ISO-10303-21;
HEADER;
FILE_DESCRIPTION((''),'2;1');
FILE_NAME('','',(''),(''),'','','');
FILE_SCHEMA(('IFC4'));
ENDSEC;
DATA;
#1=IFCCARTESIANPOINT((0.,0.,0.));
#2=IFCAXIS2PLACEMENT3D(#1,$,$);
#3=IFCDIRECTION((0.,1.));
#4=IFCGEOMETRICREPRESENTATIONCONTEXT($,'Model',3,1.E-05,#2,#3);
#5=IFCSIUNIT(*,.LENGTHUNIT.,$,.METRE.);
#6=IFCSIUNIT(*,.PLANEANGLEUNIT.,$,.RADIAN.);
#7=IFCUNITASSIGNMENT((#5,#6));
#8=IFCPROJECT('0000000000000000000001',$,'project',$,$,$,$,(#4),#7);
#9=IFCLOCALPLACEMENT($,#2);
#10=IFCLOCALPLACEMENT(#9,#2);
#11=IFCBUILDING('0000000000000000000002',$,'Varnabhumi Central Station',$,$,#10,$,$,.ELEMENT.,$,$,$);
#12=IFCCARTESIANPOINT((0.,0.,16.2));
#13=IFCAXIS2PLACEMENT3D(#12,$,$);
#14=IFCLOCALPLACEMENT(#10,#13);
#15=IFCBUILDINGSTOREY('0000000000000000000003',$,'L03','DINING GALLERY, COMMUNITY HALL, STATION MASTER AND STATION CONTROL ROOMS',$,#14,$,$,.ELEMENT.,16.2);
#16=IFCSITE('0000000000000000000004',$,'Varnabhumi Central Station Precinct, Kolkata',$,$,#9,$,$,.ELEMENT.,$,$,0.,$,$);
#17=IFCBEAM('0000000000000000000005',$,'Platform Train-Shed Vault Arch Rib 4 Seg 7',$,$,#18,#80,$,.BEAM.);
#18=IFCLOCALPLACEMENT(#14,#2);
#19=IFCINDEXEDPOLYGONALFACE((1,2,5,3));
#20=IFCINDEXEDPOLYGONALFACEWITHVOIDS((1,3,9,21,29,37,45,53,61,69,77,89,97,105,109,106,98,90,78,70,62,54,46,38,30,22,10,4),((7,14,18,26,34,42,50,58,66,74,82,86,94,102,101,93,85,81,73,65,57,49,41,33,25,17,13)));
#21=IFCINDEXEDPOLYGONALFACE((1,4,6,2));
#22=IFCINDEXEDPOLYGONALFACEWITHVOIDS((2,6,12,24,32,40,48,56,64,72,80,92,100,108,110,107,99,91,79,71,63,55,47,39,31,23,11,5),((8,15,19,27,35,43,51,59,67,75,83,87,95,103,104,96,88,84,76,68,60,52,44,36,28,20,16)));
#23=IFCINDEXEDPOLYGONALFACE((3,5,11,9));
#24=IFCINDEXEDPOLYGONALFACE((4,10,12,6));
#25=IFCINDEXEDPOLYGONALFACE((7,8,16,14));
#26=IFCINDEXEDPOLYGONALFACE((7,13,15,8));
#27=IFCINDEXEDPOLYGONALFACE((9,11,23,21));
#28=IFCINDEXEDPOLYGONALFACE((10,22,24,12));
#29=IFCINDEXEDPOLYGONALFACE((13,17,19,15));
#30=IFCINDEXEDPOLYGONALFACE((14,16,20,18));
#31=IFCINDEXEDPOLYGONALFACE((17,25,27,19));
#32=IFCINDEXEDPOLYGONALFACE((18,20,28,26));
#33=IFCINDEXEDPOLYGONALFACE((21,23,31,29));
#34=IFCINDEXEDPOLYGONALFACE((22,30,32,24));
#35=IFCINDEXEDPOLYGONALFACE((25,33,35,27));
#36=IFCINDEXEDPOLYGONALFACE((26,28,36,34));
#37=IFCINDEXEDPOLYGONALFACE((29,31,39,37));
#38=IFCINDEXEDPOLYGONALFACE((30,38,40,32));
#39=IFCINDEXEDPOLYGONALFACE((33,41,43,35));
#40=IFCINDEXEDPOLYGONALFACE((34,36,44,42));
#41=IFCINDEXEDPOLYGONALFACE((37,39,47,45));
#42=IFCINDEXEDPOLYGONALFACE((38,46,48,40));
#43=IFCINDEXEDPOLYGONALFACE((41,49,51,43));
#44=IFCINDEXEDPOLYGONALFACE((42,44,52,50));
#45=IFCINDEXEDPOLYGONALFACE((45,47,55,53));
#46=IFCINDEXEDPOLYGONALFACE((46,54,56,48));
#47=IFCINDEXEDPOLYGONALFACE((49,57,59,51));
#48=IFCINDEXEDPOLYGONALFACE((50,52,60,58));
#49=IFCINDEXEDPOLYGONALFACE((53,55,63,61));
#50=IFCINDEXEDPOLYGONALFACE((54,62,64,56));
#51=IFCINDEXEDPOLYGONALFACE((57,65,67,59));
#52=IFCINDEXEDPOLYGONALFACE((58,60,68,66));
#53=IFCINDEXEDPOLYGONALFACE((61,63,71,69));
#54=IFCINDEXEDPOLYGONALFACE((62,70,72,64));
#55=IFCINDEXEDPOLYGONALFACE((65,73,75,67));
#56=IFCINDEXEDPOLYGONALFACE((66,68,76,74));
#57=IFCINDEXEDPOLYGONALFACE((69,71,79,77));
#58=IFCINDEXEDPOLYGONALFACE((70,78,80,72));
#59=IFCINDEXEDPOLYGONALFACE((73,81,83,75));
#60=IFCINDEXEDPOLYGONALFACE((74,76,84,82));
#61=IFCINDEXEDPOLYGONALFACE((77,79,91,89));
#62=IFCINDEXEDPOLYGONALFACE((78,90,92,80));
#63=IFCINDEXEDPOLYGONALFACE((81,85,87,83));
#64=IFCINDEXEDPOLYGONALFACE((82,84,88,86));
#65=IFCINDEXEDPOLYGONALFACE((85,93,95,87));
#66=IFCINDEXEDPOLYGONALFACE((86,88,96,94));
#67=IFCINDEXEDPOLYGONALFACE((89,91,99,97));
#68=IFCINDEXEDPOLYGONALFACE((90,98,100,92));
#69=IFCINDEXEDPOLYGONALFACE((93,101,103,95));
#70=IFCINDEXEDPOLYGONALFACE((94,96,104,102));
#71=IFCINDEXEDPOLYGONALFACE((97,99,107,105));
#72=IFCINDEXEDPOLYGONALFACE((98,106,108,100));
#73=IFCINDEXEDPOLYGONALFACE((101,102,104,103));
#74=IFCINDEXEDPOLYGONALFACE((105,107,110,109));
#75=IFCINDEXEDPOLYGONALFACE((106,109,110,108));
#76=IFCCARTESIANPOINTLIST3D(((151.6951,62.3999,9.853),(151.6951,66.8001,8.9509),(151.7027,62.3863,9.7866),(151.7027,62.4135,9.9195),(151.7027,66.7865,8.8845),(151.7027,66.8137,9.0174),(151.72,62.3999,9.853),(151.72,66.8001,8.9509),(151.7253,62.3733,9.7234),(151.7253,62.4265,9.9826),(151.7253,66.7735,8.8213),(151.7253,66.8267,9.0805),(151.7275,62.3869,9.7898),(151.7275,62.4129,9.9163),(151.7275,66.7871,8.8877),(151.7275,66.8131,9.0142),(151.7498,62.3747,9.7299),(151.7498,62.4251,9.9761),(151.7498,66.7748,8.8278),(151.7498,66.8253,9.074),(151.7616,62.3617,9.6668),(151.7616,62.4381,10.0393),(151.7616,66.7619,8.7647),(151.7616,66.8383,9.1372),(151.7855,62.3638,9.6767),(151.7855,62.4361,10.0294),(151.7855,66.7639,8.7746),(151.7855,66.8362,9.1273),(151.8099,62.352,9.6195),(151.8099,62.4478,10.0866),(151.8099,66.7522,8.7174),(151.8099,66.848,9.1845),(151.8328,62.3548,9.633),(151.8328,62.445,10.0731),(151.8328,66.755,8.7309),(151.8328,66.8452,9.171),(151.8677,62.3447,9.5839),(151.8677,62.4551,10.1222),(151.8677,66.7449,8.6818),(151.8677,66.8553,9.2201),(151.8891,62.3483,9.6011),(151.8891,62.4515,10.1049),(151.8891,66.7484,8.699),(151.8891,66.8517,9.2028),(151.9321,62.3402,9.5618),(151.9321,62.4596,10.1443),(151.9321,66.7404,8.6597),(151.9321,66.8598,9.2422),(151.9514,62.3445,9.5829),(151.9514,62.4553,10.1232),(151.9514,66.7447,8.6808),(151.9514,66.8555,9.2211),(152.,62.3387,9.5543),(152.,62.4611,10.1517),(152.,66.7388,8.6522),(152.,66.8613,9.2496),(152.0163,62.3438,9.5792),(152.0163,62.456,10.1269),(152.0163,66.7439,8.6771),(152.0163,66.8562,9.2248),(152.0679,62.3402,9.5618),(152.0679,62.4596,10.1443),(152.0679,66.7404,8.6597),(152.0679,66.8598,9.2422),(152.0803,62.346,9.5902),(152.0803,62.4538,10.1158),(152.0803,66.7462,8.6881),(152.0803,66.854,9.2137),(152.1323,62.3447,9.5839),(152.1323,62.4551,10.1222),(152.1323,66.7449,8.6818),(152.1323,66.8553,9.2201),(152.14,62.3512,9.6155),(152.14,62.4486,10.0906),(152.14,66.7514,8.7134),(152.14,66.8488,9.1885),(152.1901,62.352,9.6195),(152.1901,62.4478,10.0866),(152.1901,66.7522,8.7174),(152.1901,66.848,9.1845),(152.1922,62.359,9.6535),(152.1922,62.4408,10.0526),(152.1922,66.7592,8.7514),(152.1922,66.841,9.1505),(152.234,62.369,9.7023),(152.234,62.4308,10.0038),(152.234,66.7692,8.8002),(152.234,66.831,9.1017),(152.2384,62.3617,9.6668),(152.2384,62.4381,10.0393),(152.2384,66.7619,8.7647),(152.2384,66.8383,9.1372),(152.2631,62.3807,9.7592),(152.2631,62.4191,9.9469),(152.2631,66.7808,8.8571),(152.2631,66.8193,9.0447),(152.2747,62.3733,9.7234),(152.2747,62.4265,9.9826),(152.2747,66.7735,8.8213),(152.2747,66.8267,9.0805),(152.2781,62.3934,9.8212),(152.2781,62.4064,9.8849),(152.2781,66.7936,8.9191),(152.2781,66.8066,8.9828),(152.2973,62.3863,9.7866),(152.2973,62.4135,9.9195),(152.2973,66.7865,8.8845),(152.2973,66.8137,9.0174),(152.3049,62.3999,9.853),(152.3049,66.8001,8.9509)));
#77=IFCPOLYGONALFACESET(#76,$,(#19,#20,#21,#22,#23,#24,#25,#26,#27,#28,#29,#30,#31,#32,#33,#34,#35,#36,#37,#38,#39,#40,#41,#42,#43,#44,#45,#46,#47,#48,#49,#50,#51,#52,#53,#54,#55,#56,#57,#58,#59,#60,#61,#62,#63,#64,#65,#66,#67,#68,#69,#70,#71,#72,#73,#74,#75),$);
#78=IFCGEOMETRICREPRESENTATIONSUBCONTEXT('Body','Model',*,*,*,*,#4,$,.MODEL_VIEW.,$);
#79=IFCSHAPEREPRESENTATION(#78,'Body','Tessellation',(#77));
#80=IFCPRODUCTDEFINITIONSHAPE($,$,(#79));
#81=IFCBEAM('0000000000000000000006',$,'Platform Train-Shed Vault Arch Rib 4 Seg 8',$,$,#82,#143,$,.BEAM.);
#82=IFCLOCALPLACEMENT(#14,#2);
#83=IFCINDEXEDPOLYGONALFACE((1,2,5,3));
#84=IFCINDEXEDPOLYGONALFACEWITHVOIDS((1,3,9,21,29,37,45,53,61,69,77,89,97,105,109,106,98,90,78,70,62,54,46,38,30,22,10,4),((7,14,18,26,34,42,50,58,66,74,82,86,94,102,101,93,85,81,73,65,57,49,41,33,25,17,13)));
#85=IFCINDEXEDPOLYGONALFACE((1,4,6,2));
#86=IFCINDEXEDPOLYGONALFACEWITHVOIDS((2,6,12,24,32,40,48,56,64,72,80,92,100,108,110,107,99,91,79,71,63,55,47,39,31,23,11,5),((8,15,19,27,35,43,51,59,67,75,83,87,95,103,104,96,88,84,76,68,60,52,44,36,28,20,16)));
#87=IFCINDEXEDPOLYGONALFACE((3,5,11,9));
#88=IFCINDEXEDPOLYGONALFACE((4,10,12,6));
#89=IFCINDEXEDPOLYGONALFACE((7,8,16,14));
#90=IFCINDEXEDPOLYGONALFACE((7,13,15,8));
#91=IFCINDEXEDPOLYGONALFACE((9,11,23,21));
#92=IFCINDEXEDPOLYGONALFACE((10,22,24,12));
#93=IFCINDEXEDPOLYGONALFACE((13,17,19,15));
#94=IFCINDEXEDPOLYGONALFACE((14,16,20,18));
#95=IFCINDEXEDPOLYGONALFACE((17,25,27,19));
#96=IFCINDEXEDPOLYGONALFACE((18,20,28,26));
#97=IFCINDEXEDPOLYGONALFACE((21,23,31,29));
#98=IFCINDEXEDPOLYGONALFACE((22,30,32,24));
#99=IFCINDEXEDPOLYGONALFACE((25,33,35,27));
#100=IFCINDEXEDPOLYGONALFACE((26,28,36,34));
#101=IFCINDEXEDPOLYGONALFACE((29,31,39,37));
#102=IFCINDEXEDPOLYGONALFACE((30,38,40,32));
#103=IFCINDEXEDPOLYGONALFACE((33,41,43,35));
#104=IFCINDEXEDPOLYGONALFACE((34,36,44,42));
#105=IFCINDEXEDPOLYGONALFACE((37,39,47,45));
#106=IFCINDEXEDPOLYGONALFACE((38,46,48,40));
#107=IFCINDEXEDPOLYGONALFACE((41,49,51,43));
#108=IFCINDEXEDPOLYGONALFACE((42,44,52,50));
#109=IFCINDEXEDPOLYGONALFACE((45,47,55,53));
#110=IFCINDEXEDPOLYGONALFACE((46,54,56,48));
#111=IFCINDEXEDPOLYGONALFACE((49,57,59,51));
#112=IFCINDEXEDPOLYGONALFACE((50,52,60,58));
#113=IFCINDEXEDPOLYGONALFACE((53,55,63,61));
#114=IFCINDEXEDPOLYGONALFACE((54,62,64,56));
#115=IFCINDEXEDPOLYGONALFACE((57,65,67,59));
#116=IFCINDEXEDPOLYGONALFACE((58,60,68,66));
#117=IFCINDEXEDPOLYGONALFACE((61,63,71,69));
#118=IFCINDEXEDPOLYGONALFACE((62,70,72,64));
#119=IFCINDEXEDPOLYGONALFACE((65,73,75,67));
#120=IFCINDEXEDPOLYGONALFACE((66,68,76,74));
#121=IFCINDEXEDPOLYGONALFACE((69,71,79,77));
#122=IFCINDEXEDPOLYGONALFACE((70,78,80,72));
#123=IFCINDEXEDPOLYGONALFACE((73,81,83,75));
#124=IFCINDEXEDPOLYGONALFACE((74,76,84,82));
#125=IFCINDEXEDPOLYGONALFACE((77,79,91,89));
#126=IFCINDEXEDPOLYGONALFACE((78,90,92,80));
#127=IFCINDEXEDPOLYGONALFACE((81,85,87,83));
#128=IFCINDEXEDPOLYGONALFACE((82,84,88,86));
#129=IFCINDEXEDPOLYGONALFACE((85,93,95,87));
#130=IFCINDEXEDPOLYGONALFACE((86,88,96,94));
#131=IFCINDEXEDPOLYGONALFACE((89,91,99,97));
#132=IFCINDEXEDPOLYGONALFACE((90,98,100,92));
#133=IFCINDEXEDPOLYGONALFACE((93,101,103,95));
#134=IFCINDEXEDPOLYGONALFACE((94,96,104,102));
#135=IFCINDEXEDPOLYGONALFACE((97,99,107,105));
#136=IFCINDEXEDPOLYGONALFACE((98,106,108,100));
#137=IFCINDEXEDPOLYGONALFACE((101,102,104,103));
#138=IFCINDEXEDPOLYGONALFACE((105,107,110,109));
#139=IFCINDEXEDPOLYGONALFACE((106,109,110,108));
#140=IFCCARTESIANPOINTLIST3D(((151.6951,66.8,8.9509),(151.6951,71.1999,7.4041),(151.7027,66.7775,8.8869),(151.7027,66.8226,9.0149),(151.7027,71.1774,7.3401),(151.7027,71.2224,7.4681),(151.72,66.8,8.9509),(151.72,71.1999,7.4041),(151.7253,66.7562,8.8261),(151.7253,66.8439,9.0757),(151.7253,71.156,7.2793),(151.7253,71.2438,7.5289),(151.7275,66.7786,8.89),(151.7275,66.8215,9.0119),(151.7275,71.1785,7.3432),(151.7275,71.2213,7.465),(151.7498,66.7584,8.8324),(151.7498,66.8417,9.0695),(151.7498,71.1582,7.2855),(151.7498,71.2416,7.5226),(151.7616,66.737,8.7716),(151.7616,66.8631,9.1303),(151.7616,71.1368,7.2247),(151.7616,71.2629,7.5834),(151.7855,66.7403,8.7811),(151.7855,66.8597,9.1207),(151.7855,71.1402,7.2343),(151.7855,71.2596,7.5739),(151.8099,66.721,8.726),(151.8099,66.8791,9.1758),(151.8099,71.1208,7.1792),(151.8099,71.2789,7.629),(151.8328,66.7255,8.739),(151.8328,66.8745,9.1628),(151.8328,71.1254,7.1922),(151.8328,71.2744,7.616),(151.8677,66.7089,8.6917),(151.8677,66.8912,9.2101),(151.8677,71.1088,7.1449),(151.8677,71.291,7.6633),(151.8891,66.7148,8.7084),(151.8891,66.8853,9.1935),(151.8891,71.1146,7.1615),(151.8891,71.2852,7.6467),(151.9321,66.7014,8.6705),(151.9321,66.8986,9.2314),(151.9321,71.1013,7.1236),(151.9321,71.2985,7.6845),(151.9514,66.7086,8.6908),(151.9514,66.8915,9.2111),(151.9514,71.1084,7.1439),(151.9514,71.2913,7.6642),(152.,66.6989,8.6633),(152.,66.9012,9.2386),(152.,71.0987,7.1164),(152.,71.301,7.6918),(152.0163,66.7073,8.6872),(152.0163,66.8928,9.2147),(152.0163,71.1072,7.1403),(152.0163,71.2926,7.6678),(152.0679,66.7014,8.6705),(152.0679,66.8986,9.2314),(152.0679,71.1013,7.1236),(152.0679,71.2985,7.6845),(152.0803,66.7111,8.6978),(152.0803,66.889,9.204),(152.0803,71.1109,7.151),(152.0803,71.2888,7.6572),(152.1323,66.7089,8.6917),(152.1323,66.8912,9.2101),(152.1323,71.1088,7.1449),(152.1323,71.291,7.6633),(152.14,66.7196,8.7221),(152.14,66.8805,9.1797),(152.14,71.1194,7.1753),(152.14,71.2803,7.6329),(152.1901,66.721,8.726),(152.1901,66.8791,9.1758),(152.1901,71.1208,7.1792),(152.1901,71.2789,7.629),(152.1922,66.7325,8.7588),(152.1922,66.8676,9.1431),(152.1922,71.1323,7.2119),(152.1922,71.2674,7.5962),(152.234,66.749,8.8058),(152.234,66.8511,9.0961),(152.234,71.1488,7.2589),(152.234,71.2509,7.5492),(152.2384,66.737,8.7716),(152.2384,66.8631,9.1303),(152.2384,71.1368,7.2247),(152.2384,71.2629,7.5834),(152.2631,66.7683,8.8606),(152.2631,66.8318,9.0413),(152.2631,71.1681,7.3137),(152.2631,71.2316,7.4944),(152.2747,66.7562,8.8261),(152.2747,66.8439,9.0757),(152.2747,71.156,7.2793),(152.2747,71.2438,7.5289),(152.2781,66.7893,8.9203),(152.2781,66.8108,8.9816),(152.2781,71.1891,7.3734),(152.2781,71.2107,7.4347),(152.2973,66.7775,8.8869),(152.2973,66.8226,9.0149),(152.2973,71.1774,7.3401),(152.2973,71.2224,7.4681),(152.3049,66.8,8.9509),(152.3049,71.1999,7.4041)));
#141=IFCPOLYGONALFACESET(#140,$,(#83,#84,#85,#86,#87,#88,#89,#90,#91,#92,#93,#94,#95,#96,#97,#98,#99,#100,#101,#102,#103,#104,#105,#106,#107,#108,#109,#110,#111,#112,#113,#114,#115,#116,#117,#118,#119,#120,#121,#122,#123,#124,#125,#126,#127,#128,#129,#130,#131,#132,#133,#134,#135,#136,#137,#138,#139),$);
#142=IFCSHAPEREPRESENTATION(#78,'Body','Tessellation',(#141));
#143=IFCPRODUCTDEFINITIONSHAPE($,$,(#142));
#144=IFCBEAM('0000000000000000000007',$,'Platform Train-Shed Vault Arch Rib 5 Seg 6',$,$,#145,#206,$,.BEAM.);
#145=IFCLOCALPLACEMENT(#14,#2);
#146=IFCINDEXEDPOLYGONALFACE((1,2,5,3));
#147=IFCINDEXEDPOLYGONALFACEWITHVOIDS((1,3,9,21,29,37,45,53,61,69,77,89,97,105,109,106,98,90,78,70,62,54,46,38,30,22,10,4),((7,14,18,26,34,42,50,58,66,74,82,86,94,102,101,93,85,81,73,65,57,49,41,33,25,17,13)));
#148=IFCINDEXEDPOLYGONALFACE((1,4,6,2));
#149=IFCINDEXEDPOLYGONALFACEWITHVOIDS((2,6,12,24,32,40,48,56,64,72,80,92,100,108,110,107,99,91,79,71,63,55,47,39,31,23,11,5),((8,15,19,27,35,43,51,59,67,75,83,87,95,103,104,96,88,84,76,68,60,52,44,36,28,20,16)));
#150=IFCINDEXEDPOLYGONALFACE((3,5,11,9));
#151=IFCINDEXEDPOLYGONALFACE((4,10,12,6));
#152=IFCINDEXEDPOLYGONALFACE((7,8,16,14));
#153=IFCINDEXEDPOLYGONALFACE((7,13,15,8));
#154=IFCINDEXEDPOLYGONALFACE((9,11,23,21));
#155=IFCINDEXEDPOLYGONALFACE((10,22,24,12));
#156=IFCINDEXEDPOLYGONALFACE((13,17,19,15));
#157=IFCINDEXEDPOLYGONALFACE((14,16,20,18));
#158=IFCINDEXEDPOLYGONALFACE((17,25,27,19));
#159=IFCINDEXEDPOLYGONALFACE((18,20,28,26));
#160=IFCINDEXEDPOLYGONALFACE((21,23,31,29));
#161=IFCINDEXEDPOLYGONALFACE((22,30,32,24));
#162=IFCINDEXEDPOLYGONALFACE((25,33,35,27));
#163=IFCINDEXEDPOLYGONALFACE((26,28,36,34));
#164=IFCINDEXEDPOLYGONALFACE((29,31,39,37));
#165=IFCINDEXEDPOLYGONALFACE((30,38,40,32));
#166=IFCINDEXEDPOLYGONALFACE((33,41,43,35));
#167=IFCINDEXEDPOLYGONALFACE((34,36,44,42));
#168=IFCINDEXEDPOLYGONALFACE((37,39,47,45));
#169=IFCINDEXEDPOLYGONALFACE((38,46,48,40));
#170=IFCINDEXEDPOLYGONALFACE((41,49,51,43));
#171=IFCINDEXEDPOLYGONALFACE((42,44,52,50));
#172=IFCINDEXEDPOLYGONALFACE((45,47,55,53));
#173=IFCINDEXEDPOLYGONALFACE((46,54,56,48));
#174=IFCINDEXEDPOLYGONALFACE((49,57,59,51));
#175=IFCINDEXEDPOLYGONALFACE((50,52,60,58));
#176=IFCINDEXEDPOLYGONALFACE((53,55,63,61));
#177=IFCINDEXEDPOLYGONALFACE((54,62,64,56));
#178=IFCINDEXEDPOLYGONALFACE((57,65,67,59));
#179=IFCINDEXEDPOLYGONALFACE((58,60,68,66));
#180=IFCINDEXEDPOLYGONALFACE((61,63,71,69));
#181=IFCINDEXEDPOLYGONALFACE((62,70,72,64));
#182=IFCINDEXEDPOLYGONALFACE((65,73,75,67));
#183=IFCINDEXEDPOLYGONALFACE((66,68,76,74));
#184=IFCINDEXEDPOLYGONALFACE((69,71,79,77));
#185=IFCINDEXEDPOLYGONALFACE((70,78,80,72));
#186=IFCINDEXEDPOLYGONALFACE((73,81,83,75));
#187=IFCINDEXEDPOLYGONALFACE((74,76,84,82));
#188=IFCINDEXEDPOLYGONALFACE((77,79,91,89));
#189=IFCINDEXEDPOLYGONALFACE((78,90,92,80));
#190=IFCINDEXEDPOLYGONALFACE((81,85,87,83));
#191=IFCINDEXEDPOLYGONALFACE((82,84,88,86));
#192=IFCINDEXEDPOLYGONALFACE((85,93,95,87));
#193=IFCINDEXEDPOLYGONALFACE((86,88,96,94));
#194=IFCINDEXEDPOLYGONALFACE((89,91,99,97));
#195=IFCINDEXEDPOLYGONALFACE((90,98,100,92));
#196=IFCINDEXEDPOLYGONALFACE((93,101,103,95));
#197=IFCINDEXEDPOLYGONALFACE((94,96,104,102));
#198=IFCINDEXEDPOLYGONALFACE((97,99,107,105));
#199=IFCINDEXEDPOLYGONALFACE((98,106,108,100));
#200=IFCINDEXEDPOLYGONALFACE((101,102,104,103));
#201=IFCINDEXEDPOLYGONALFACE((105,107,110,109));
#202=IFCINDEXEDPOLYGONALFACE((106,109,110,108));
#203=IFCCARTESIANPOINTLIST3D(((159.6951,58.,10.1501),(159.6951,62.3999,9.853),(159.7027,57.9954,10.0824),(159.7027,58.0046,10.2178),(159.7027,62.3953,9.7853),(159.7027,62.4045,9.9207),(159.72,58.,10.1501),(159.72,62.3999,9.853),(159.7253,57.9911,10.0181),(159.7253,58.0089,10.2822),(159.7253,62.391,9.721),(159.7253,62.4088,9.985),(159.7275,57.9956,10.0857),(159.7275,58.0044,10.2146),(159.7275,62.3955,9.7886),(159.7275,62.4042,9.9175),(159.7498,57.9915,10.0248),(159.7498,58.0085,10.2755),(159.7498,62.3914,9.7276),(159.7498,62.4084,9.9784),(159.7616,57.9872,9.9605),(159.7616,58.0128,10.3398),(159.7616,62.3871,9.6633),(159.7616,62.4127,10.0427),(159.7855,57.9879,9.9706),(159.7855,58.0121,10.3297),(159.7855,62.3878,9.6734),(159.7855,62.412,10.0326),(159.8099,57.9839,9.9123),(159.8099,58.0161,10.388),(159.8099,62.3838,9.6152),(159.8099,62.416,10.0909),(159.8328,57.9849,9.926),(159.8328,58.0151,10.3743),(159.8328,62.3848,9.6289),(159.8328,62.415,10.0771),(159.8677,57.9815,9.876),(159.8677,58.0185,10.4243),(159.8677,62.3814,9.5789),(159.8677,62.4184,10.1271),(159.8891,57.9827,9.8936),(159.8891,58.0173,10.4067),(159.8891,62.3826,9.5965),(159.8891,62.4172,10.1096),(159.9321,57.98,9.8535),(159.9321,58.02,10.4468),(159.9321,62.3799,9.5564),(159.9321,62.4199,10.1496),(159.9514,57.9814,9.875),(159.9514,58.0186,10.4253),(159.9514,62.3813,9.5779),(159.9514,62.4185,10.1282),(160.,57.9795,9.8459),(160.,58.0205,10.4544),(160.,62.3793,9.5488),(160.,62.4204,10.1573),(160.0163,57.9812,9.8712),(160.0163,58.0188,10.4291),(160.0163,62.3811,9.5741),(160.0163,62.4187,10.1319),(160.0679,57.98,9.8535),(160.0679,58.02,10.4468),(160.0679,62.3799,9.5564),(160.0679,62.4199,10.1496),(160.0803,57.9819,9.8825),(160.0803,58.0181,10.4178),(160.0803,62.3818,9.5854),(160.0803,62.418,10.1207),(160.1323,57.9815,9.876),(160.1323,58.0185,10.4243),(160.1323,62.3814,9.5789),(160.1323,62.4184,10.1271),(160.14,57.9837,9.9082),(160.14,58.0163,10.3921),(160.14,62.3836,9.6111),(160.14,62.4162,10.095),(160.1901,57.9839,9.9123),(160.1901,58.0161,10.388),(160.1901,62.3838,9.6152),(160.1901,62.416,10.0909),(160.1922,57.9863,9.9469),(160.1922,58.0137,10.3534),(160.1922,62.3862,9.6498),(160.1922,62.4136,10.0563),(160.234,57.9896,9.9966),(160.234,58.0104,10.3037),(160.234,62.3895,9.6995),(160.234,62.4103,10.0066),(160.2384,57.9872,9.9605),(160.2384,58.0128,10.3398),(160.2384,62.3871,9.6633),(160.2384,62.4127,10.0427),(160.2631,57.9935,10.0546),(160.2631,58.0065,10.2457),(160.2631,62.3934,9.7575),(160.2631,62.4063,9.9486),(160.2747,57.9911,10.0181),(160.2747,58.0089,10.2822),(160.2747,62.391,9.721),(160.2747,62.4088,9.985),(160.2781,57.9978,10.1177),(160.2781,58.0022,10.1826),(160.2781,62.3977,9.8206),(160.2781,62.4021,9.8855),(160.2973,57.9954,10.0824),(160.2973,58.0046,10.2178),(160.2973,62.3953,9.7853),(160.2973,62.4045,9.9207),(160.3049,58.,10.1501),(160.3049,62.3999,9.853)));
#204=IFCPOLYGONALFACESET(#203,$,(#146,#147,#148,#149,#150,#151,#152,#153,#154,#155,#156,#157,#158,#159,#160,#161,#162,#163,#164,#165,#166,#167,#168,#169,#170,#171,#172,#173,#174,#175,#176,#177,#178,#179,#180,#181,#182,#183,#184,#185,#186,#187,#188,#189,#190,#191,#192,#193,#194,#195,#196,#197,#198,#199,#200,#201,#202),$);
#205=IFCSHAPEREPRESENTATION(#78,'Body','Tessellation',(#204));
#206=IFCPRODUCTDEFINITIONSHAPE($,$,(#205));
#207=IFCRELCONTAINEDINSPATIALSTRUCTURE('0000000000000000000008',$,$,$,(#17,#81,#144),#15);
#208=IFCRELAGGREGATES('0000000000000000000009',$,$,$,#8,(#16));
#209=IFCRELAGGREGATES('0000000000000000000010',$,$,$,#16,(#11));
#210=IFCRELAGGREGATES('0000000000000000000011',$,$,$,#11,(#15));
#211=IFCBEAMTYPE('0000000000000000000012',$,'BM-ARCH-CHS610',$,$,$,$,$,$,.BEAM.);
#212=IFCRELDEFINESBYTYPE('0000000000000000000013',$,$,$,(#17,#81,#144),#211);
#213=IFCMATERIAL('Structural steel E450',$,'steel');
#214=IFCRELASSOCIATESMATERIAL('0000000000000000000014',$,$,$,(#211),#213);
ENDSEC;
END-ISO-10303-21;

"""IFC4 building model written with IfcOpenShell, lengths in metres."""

from ifc_helpers import new_model, si_unit, direction, frame, origin, origin_2d, place, context, subcontext, project, spatial, hollow_circle, extrude, material, material_profile, profile_set, type_object, element, save


model = new_model("IFC4")

# Units and contexts
model_context = context("Model", 3, precision=1e-05, world=origin(), true_north=direction((0.0, 1.0)))
body_context = subcontext(model_context, "Body", "Model", "MODEL_VIEW")
ifc_project = project(units=[si_unit("LENGTHUNIT", "METRE"), si_unit("PLANEANGLEUNIT", "RADIAN")], contexts=[model_context])

# Site, building, storey
site_placement = place(None, origin())
site = spatial("IfcSite", under=ifc_project, at=site_placement, Name="Varnabhumi Central Station Precinct, Kolkata", CompositionType="ELEMENT", RefElevation=0.0)
building_placement = place(site_placement, origin())
building = spatial("IfcBuilding", under=site, at=building_placement, Name="Varnabhumi Central Station", CompositionType="ELEMENT")
storey_placement = place(building_placement, frame((0.0, 0.0, 16.2)))
storey = spatial("IfcBuildingStorey", under=building, at=storey_placement, Name="L03", Description="DINING GALLERY, COMMUNITY HALL, STATION MASTER AND STATION CONTROL ROOMS", CompositionType="ELEMENT", Elevation=16.2)

# Beams
ifc_material_1 = material(Name="Structural steel E450", Category="steel")
ifc_material_profile_1 = material_profile(ifc_material_1, hollow_circle(Radius=0.3049, WallThickness=0.0249, at=origin_2d()), Name="Structural steel E450", Category="steel")
ifc_profile_set_1 = profile_set([ifc_material_profile_1], Name="Structural steel E450")
beam_type_1 = type_object("IfcBeamType", Name="BM-ARCH-CHS610", PredefinedType="BEAM", material=ifc_profile_set_1)
beam_1_placement = place(storey_placement, frame((152.0, 62.3999, 9.853), z_axis=(0.0, 0.979624, -0.200838), x_axis=(-1.0, 0.0, 0.0)))
element("IfcBeam", 1, at=beam_1_placement, inside=storey, type_object=beam_type_1, Name="Platform Train-Shed Vault Arch Rib 4 Seg 7", PredefinedType="BEAM", context=body_context, shape_type="SweptSolid", body=[
    extrude(hollow_circle(Radius=0.3049, WallThickness=0.0249, at=origin_2d()), origin(), (0.0, 0.0, 1.0), 4.4917),
])
beam_2_placement = place(storey_placement, frame((152.0, 66.8, 8.9509), z_axis=(0.0, 0.943396, -0.33167), x_axis=(-1.0, 0.0, 0.0)))
element("IfcBeam", 2, at=beam_2_placement, inside=storey, type_object=beam_type_1, Name="Platform Train-Shed Vault Arch Rib 4 Seg 8", PredefinedType="BEAM", context=body_context, shape_type="SweptSolid", body=[
    extrude(hollow_circle(Radius=0.3049, WallThickness=0.0249, at=origin_2d()), origin(), (0.0, 0.0, 1.0), 4.6638),
])
beam_3_placement = place(storey_placement, frame((160.0, 58.0, 10.1501), z_axis=(0.0, 0.997728, -0.067375), x_axis=(-1.0, 0.0, 0.0)))
element("IfcBeam", 3, at=beam_3_placement, inside=storey, type_object=beam_type_1, Name="Platform Train-Shed Vault Arch Rib 5 Seg 6", PredefinedType="BEAM", context=body_context, shape_type="SweptSolid", body=[
    extrude(hollow_circle(Radius=0.3049, WallThickness=0.0249, at=origin_2d()), origin(), (0.0, 0.0, 1.0), 4.4099),
])

save(model, "model.ifc")
